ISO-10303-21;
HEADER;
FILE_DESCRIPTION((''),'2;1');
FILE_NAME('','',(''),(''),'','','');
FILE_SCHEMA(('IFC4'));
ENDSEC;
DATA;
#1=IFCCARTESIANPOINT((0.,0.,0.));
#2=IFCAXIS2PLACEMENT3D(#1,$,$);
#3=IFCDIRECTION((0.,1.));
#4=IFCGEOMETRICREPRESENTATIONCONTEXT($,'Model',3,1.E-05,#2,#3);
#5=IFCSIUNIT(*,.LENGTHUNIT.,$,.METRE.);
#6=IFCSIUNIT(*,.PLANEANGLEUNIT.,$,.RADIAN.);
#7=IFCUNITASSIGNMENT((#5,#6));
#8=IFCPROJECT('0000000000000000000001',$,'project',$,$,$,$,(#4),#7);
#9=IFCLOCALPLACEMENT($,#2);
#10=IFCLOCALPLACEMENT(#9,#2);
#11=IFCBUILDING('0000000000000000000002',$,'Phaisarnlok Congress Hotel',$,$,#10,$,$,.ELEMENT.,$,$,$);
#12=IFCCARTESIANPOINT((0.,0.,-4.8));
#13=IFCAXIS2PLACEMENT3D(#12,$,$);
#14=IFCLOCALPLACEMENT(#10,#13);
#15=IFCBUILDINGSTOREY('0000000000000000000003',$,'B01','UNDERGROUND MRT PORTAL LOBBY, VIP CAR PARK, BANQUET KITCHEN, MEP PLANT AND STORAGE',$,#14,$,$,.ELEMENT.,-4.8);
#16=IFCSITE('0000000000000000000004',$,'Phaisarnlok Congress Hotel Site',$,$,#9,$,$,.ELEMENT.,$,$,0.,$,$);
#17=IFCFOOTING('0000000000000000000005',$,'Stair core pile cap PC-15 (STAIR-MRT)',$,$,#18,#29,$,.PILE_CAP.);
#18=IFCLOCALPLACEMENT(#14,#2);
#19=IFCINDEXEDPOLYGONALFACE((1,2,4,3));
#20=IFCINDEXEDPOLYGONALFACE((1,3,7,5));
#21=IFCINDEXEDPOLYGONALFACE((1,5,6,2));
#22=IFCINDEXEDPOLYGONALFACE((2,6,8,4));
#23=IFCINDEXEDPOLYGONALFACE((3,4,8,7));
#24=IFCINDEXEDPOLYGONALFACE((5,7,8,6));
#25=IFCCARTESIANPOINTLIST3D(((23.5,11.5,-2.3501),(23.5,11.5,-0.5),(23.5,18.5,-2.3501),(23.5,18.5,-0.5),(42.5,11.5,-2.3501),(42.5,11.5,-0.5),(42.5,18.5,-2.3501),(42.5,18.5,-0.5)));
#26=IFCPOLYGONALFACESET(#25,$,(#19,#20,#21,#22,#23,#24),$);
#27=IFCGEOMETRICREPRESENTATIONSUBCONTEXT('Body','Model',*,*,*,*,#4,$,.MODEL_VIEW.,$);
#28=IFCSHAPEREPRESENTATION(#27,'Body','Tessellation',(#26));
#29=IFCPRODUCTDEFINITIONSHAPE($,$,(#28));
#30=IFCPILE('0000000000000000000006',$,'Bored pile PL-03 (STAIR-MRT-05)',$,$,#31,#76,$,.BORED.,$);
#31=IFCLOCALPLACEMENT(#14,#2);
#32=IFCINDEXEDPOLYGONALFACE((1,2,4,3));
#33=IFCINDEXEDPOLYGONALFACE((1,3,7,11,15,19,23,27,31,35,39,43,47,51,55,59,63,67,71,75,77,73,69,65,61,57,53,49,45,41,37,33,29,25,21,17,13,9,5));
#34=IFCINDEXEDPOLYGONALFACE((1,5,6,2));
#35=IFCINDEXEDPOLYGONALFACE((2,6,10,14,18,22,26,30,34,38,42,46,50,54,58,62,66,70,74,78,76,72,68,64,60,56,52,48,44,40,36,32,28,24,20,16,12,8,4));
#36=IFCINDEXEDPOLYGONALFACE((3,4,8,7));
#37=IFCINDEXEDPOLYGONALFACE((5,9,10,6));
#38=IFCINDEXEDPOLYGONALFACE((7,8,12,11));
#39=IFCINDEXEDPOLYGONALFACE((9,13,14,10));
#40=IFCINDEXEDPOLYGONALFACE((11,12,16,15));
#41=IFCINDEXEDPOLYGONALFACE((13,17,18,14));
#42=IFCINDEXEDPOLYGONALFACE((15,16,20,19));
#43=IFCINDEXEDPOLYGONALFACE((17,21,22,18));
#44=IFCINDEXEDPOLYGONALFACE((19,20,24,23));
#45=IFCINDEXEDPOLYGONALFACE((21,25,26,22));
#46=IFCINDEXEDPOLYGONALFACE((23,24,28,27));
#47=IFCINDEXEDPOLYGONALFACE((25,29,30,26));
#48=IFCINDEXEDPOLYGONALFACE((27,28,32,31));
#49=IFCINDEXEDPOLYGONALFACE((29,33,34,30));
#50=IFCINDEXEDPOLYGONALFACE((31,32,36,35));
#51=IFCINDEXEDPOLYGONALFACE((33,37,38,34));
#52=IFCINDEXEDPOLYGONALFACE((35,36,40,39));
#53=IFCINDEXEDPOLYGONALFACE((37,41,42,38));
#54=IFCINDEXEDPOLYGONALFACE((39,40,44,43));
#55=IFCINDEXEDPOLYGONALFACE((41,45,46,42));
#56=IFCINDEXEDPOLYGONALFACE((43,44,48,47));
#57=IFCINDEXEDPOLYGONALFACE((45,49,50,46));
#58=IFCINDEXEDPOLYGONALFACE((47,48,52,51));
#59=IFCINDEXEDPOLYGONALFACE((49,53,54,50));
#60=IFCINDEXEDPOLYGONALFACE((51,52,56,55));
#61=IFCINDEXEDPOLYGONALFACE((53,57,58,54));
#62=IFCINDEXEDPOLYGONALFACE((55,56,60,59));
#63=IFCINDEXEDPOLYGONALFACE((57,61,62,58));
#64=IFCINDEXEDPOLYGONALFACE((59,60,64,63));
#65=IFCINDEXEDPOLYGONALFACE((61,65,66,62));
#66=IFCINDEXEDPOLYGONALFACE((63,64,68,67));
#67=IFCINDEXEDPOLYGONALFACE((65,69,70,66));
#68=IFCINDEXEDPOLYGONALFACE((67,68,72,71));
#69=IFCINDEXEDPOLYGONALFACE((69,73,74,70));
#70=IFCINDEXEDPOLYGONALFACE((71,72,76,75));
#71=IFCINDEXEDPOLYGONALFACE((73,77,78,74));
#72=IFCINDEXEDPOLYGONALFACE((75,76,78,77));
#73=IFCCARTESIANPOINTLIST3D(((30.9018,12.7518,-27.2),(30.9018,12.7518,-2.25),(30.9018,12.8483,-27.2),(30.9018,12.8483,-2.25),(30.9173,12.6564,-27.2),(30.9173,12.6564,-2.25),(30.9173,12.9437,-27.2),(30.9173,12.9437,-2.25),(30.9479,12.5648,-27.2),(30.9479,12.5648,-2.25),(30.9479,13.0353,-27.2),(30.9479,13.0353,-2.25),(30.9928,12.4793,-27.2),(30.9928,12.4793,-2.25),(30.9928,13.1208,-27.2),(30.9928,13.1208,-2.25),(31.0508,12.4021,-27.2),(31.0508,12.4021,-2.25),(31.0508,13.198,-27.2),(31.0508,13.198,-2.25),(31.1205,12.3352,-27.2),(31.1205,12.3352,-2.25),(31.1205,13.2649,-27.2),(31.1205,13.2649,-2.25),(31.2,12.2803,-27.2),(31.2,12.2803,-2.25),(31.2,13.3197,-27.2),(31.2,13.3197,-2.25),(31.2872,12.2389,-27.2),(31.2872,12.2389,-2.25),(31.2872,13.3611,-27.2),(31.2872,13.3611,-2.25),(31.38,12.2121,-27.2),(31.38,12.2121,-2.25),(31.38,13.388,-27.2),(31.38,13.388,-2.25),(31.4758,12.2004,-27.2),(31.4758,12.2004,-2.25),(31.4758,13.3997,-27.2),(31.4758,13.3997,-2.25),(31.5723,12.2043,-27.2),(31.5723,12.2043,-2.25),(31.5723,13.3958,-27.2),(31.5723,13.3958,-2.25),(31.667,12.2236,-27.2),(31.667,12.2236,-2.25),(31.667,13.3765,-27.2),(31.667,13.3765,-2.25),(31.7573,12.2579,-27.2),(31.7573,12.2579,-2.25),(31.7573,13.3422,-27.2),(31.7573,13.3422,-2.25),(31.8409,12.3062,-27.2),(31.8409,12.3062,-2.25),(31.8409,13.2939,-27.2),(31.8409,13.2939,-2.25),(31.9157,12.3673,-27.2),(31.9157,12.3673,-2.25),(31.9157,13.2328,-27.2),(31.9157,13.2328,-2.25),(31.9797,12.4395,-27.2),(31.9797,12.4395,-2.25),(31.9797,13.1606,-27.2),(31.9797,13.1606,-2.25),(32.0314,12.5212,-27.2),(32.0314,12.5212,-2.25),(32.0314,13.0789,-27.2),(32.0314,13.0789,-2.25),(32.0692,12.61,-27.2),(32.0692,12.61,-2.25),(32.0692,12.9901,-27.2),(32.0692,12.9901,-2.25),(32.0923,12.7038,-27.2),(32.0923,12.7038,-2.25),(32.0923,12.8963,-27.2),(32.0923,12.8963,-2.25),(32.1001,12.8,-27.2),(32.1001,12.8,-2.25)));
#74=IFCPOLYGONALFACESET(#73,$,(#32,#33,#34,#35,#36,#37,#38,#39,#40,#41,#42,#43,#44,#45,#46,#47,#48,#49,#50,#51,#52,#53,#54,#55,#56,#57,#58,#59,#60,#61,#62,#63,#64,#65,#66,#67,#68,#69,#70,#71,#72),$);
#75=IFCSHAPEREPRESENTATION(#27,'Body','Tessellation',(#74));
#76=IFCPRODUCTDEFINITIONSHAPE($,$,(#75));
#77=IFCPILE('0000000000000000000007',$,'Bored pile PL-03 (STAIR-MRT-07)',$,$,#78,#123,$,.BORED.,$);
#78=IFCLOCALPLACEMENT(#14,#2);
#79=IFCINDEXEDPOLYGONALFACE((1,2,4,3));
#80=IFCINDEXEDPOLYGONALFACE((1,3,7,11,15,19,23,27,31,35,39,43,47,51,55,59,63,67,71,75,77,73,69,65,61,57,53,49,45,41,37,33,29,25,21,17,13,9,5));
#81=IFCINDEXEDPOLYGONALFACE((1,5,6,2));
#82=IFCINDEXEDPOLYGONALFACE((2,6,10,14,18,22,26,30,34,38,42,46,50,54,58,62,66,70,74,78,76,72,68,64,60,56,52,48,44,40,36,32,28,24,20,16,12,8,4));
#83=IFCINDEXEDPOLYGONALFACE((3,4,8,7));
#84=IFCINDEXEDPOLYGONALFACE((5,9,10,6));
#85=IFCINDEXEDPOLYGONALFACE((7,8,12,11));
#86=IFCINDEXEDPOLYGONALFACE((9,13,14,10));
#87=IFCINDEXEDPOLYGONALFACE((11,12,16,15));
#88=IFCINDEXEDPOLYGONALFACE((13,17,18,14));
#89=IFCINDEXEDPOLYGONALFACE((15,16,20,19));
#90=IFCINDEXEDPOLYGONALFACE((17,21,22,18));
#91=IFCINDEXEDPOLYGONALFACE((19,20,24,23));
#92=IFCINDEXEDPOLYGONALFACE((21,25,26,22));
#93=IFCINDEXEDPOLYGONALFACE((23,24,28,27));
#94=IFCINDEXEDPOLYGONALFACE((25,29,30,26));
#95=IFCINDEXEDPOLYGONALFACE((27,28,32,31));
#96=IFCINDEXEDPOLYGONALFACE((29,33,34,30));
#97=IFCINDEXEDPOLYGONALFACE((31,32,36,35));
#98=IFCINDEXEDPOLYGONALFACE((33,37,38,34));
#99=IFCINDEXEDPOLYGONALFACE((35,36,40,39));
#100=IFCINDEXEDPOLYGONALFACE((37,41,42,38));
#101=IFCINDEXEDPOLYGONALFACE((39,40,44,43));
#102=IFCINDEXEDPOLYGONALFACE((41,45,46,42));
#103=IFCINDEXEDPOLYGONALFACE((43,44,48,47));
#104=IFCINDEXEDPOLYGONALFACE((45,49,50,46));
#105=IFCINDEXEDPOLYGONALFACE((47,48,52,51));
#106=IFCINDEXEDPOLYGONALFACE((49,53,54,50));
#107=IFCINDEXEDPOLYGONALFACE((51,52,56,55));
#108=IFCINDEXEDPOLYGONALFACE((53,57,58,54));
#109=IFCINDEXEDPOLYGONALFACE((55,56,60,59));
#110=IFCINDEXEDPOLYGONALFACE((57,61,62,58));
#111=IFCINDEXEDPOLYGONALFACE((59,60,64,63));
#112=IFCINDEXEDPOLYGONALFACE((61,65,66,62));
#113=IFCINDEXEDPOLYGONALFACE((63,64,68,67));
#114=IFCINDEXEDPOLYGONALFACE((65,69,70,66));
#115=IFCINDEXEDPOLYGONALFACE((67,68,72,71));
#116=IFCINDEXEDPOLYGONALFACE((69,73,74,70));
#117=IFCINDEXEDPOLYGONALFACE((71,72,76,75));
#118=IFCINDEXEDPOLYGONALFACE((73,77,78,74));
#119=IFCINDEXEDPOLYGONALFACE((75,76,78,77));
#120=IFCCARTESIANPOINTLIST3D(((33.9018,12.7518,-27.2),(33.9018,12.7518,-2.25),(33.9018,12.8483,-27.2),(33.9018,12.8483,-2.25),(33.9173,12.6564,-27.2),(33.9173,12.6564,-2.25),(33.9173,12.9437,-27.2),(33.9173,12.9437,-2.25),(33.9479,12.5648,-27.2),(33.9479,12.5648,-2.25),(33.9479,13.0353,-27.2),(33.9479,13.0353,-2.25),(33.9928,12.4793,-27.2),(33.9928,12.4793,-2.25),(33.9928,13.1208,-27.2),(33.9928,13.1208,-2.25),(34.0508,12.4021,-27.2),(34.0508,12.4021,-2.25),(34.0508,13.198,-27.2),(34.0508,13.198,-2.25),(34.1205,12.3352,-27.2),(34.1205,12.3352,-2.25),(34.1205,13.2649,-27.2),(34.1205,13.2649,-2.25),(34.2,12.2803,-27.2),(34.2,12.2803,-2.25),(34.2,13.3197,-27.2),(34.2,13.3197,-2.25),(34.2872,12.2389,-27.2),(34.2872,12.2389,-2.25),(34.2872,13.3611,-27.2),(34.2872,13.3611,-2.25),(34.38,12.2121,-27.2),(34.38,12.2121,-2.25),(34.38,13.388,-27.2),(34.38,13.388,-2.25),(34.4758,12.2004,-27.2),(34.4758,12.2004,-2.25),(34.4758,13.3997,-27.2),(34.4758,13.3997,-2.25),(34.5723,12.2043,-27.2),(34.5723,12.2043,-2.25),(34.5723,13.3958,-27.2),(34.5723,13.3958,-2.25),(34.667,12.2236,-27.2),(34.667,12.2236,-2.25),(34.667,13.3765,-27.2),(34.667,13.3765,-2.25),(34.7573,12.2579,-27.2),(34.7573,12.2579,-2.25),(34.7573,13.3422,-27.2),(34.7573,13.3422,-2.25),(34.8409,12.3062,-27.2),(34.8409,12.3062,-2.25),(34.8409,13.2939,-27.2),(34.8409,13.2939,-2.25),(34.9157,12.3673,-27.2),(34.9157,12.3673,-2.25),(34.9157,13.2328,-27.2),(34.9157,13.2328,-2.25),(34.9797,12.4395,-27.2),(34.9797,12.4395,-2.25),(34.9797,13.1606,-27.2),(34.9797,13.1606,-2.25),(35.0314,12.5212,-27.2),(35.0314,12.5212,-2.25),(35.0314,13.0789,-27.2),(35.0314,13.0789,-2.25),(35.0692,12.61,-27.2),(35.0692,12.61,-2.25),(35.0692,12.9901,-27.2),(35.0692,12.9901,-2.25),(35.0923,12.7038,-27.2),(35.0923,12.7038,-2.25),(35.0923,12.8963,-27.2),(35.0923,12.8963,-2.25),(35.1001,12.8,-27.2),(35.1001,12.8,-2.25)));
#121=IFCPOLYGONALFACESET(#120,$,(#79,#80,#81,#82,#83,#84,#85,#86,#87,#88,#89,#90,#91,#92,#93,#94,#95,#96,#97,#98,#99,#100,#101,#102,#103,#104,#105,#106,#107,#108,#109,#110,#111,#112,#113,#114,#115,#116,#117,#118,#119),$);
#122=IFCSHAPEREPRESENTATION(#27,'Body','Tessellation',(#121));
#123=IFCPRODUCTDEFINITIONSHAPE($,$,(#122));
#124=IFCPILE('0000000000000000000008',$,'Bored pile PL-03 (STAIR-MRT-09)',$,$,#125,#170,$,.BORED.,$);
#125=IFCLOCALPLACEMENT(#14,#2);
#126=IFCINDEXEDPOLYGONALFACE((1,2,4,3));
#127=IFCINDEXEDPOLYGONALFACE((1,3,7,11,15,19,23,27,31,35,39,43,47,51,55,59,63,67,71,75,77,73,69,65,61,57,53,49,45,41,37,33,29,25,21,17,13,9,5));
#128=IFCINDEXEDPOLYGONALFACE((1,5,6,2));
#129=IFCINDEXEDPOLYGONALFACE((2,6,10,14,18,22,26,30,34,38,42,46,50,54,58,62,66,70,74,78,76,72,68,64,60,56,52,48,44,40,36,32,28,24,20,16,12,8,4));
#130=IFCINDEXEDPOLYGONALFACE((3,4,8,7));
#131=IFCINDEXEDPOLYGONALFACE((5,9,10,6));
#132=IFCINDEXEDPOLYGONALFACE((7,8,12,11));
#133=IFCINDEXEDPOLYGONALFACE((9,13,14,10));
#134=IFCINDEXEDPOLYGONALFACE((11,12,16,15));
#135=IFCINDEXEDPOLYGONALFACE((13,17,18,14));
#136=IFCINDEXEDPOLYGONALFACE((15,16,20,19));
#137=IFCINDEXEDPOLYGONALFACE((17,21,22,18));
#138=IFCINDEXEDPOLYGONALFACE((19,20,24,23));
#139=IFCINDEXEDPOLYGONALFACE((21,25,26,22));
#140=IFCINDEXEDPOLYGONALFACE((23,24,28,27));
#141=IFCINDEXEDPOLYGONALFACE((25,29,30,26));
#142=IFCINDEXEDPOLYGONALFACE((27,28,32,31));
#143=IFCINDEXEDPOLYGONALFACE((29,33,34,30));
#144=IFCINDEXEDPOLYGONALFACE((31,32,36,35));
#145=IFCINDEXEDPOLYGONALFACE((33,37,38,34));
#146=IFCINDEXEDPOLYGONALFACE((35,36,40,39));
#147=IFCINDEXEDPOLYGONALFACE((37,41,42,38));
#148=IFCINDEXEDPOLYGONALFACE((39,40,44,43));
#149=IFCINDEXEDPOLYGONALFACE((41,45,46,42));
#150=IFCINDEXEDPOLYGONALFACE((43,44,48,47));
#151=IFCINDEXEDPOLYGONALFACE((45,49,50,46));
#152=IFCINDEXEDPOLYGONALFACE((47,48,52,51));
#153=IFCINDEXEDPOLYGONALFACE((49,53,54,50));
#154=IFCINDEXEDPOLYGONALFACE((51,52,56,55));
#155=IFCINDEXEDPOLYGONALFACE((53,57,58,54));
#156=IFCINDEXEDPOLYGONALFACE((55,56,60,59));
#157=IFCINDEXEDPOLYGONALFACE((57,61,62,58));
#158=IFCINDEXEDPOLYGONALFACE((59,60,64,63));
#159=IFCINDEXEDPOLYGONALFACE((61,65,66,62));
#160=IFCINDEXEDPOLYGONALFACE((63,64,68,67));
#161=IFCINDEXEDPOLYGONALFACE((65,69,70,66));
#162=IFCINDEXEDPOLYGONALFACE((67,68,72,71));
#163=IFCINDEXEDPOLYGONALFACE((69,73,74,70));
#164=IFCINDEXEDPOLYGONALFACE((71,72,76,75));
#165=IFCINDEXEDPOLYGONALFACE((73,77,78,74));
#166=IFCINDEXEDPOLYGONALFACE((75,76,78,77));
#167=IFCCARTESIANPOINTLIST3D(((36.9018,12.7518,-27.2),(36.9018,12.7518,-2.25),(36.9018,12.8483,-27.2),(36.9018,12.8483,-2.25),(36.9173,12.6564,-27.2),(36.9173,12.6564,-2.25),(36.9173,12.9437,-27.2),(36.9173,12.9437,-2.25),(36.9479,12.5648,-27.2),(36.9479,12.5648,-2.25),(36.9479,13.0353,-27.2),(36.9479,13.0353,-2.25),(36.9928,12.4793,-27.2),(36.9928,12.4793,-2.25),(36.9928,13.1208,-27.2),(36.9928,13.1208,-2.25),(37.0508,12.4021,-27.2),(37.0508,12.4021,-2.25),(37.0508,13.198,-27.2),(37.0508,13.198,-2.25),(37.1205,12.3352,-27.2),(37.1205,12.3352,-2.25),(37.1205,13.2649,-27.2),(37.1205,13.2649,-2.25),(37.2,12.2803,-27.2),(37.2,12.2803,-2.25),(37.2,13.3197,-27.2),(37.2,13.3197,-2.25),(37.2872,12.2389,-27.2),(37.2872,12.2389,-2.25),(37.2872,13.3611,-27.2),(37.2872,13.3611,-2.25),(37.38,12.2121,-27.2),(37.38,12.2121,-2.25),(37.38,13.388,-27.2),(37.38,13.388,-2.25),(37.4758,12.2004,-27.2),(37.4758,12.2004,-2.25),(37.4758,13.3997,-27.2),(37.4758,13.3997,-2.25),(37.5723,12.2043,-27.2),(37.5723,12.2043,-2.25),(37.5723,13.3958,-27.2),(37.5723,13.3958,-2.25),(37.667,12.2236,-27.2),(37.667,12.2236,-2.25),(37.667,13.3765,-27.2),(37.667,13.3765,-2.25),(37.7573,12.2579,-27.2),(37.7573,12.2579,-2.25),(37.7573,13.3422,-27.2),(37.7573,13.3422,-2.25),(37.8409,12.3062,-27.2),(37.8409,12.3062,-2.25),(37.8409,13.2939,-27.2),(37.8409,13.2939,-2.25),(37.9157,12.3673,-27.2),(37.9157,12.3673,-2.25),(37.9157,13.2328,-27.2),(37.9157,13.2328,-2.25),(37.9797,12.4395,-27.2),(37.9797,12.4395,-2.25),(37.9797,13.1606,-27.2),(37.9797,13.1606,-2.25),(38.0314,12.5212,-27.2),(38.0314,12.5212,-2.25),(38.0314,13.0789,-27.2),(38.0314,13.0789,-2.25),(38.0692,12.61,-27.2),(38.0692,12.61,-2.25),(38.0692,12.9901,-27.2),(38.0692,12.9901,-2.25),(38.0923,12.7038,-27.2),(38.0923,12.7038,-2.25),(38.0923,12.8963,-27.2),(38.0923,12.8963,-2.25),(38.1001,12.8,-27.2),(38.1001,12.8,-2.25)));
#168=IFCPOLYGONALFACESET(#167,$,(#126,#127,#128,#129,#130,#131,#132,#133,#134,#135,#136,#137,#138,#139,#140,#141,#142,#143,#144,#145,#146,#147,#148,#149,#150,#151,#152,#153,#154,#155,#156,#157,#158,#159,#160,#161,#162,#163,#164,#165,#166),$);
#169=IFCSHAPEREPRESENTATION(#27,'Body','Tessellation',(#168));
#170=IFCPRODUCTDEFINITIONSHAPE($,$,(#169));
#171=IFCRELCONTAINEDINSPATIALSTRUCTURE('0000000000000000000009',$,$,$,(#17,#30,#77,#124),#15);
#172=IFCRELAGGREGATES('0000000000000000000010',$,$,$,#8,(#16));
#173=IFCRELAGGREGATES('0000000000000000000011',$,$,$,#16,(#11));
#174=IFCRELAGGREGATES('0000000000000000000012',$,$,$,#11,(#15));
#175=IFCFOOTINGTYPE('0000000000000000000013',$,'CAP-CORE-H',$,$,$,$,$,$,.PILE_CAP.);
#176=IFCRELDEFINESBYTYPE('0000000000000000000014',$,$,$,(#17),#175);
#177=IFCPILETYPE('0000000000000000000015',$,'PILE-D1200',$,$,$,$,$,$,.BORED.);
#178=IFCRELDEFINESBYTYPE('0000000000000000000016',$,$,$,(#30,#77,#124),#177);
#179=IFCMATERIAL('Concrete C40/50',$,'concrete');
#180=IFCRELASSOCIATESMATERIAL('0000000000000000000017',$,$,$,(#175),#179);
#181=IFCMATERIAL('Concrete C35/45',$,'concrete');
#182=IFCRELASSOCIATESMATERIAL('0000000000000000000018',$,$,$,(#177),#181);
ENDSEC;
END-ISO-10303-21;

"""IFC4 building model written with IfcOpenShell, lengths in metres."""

from ifc_helpers import new_model, si_unit, direction, frame, origin, origin_2d, place, context, subcontext, project, spatial, rectangle, circle, extrude, material, material_profile, profile_set, type_object, element, save


model = new_model("IFC4")

# Units and contexts
model_context = context("Model", 3, precision=1e-05, world=origin(), true_north=direction((0.0, 1.0)))
body_context = subcontext(model_context, "Body", "Model", "MODEL_VIEW")
ifc_project = project(units=[si_unit("LENGTHUNIT", "METRE"), si_unit("PLANEANGLEUNIT", "RADIAN")], contexts=[model_context])

# Site, building, storey
site_placement = place(None, origin())
site = spatial("IfcSite", under=ifc_project, at=site_placement, Name="Phaisarnlok Congress Hotel Site", CompositionType="ELEMENT", RefElevation=0.0)
building_placement = place(site_placement, origin())
building = spatial("IfcBuilding", under=site, at=building_placement, Name="Phaisarnlok Congress Hotel", CompositionType="ELEMENT")
storey_placement = place(building_placement, frame((0.0, 0.0, -4.8)))
storey = spatial("IfcBuildingStorey", under=building, at=storey_placement, Name="B01", Description="UNDERGROUND MRT PORTAL LOBBY, VIP CAR PARK, BANQUET KITCHEN, MEP PLANT AND STORAGE", CompositionType="ELEMENT", Elevation=-4.8)

# Footing
ifc_material_1 = material(Name="Concrete C40/50", Category="concrete")
footing_type = type_object("IfcFootingType", Name="CAP-CORE-H", PredefinedType="PILE_CAP", material=ifc_material_1)
footing_placement = place(storey_placement, frame((33.0, 15.0, -2.3501), z_axis=(0.0, 0.0, 1.0), x_axis=(1.0, 0.0, 0.0)))
element("IfcFooting", 1, at=footing_placement, inside=storey, type_object=footing_type, Name="Stair core pile cap PC-15 (STAIR-MRT)", PredefinedType="PILE_CAP", context=body_context, shape_type="SweptSolid", body=[
    extrude(rectangle(XDim=19.0, YDim=7.0, at=origin_2d()), origin(), (0.0, 0.0, 1.0), 1.8501),
])

# Piles
ifc_material_2 = material(Name="Concrete C35/45", Category="concrete")
ifc_material_profile_1 = material_profile(ifc_material_2, circle(Radius=0.6001, at=origin_2d()), Name="BORED PILE D1200")
ifc_profile_set_1 = profile_set([ifc_material_profile_1], Name="Concrete C35/45")
pile_type = type_object("IfcPileType", Name="PILE-D1200", PredefinedType="BORED", material=ifc_profile_set_1)
for number, where, z_axis, x_axis, name in (
    (2, (31.5, 12.8, -2.25), (0.0, 0.0, -1.0), (1.0, 0.0, 0.0), "Bored pile PL-03 (STAIR-MRT-05)"),
    (3, (34.5, 12.8, -2.25), (0.0, 0.0, -1.0), (1.0, 0.0, 0.0), "Bored pile PL-03 (STAIR-MRT-07)"),
    (4, (37.5, 12.8, -2.25), (0.0, 0.0, -1.0), (1.0, 0.0, 0.0), "Bored pile PL-03 (STAIR-MRT-09)"),
):
    element("IfcPile", number, at=place(storey_placement, frame(where, z_axis=z_axis, x_axis=x_axis)), inside=storey, type_object=pile_type, Name=name, PredefinedType="BORED", context=body_context, shape_type="SweptSolid", body=[
        extrude(circle(Radius=0.6001, at=origin_2d()), origin(), (0.0, 0.0, 1.0), 24.95),
    ])

save(model, "model.ifc")
